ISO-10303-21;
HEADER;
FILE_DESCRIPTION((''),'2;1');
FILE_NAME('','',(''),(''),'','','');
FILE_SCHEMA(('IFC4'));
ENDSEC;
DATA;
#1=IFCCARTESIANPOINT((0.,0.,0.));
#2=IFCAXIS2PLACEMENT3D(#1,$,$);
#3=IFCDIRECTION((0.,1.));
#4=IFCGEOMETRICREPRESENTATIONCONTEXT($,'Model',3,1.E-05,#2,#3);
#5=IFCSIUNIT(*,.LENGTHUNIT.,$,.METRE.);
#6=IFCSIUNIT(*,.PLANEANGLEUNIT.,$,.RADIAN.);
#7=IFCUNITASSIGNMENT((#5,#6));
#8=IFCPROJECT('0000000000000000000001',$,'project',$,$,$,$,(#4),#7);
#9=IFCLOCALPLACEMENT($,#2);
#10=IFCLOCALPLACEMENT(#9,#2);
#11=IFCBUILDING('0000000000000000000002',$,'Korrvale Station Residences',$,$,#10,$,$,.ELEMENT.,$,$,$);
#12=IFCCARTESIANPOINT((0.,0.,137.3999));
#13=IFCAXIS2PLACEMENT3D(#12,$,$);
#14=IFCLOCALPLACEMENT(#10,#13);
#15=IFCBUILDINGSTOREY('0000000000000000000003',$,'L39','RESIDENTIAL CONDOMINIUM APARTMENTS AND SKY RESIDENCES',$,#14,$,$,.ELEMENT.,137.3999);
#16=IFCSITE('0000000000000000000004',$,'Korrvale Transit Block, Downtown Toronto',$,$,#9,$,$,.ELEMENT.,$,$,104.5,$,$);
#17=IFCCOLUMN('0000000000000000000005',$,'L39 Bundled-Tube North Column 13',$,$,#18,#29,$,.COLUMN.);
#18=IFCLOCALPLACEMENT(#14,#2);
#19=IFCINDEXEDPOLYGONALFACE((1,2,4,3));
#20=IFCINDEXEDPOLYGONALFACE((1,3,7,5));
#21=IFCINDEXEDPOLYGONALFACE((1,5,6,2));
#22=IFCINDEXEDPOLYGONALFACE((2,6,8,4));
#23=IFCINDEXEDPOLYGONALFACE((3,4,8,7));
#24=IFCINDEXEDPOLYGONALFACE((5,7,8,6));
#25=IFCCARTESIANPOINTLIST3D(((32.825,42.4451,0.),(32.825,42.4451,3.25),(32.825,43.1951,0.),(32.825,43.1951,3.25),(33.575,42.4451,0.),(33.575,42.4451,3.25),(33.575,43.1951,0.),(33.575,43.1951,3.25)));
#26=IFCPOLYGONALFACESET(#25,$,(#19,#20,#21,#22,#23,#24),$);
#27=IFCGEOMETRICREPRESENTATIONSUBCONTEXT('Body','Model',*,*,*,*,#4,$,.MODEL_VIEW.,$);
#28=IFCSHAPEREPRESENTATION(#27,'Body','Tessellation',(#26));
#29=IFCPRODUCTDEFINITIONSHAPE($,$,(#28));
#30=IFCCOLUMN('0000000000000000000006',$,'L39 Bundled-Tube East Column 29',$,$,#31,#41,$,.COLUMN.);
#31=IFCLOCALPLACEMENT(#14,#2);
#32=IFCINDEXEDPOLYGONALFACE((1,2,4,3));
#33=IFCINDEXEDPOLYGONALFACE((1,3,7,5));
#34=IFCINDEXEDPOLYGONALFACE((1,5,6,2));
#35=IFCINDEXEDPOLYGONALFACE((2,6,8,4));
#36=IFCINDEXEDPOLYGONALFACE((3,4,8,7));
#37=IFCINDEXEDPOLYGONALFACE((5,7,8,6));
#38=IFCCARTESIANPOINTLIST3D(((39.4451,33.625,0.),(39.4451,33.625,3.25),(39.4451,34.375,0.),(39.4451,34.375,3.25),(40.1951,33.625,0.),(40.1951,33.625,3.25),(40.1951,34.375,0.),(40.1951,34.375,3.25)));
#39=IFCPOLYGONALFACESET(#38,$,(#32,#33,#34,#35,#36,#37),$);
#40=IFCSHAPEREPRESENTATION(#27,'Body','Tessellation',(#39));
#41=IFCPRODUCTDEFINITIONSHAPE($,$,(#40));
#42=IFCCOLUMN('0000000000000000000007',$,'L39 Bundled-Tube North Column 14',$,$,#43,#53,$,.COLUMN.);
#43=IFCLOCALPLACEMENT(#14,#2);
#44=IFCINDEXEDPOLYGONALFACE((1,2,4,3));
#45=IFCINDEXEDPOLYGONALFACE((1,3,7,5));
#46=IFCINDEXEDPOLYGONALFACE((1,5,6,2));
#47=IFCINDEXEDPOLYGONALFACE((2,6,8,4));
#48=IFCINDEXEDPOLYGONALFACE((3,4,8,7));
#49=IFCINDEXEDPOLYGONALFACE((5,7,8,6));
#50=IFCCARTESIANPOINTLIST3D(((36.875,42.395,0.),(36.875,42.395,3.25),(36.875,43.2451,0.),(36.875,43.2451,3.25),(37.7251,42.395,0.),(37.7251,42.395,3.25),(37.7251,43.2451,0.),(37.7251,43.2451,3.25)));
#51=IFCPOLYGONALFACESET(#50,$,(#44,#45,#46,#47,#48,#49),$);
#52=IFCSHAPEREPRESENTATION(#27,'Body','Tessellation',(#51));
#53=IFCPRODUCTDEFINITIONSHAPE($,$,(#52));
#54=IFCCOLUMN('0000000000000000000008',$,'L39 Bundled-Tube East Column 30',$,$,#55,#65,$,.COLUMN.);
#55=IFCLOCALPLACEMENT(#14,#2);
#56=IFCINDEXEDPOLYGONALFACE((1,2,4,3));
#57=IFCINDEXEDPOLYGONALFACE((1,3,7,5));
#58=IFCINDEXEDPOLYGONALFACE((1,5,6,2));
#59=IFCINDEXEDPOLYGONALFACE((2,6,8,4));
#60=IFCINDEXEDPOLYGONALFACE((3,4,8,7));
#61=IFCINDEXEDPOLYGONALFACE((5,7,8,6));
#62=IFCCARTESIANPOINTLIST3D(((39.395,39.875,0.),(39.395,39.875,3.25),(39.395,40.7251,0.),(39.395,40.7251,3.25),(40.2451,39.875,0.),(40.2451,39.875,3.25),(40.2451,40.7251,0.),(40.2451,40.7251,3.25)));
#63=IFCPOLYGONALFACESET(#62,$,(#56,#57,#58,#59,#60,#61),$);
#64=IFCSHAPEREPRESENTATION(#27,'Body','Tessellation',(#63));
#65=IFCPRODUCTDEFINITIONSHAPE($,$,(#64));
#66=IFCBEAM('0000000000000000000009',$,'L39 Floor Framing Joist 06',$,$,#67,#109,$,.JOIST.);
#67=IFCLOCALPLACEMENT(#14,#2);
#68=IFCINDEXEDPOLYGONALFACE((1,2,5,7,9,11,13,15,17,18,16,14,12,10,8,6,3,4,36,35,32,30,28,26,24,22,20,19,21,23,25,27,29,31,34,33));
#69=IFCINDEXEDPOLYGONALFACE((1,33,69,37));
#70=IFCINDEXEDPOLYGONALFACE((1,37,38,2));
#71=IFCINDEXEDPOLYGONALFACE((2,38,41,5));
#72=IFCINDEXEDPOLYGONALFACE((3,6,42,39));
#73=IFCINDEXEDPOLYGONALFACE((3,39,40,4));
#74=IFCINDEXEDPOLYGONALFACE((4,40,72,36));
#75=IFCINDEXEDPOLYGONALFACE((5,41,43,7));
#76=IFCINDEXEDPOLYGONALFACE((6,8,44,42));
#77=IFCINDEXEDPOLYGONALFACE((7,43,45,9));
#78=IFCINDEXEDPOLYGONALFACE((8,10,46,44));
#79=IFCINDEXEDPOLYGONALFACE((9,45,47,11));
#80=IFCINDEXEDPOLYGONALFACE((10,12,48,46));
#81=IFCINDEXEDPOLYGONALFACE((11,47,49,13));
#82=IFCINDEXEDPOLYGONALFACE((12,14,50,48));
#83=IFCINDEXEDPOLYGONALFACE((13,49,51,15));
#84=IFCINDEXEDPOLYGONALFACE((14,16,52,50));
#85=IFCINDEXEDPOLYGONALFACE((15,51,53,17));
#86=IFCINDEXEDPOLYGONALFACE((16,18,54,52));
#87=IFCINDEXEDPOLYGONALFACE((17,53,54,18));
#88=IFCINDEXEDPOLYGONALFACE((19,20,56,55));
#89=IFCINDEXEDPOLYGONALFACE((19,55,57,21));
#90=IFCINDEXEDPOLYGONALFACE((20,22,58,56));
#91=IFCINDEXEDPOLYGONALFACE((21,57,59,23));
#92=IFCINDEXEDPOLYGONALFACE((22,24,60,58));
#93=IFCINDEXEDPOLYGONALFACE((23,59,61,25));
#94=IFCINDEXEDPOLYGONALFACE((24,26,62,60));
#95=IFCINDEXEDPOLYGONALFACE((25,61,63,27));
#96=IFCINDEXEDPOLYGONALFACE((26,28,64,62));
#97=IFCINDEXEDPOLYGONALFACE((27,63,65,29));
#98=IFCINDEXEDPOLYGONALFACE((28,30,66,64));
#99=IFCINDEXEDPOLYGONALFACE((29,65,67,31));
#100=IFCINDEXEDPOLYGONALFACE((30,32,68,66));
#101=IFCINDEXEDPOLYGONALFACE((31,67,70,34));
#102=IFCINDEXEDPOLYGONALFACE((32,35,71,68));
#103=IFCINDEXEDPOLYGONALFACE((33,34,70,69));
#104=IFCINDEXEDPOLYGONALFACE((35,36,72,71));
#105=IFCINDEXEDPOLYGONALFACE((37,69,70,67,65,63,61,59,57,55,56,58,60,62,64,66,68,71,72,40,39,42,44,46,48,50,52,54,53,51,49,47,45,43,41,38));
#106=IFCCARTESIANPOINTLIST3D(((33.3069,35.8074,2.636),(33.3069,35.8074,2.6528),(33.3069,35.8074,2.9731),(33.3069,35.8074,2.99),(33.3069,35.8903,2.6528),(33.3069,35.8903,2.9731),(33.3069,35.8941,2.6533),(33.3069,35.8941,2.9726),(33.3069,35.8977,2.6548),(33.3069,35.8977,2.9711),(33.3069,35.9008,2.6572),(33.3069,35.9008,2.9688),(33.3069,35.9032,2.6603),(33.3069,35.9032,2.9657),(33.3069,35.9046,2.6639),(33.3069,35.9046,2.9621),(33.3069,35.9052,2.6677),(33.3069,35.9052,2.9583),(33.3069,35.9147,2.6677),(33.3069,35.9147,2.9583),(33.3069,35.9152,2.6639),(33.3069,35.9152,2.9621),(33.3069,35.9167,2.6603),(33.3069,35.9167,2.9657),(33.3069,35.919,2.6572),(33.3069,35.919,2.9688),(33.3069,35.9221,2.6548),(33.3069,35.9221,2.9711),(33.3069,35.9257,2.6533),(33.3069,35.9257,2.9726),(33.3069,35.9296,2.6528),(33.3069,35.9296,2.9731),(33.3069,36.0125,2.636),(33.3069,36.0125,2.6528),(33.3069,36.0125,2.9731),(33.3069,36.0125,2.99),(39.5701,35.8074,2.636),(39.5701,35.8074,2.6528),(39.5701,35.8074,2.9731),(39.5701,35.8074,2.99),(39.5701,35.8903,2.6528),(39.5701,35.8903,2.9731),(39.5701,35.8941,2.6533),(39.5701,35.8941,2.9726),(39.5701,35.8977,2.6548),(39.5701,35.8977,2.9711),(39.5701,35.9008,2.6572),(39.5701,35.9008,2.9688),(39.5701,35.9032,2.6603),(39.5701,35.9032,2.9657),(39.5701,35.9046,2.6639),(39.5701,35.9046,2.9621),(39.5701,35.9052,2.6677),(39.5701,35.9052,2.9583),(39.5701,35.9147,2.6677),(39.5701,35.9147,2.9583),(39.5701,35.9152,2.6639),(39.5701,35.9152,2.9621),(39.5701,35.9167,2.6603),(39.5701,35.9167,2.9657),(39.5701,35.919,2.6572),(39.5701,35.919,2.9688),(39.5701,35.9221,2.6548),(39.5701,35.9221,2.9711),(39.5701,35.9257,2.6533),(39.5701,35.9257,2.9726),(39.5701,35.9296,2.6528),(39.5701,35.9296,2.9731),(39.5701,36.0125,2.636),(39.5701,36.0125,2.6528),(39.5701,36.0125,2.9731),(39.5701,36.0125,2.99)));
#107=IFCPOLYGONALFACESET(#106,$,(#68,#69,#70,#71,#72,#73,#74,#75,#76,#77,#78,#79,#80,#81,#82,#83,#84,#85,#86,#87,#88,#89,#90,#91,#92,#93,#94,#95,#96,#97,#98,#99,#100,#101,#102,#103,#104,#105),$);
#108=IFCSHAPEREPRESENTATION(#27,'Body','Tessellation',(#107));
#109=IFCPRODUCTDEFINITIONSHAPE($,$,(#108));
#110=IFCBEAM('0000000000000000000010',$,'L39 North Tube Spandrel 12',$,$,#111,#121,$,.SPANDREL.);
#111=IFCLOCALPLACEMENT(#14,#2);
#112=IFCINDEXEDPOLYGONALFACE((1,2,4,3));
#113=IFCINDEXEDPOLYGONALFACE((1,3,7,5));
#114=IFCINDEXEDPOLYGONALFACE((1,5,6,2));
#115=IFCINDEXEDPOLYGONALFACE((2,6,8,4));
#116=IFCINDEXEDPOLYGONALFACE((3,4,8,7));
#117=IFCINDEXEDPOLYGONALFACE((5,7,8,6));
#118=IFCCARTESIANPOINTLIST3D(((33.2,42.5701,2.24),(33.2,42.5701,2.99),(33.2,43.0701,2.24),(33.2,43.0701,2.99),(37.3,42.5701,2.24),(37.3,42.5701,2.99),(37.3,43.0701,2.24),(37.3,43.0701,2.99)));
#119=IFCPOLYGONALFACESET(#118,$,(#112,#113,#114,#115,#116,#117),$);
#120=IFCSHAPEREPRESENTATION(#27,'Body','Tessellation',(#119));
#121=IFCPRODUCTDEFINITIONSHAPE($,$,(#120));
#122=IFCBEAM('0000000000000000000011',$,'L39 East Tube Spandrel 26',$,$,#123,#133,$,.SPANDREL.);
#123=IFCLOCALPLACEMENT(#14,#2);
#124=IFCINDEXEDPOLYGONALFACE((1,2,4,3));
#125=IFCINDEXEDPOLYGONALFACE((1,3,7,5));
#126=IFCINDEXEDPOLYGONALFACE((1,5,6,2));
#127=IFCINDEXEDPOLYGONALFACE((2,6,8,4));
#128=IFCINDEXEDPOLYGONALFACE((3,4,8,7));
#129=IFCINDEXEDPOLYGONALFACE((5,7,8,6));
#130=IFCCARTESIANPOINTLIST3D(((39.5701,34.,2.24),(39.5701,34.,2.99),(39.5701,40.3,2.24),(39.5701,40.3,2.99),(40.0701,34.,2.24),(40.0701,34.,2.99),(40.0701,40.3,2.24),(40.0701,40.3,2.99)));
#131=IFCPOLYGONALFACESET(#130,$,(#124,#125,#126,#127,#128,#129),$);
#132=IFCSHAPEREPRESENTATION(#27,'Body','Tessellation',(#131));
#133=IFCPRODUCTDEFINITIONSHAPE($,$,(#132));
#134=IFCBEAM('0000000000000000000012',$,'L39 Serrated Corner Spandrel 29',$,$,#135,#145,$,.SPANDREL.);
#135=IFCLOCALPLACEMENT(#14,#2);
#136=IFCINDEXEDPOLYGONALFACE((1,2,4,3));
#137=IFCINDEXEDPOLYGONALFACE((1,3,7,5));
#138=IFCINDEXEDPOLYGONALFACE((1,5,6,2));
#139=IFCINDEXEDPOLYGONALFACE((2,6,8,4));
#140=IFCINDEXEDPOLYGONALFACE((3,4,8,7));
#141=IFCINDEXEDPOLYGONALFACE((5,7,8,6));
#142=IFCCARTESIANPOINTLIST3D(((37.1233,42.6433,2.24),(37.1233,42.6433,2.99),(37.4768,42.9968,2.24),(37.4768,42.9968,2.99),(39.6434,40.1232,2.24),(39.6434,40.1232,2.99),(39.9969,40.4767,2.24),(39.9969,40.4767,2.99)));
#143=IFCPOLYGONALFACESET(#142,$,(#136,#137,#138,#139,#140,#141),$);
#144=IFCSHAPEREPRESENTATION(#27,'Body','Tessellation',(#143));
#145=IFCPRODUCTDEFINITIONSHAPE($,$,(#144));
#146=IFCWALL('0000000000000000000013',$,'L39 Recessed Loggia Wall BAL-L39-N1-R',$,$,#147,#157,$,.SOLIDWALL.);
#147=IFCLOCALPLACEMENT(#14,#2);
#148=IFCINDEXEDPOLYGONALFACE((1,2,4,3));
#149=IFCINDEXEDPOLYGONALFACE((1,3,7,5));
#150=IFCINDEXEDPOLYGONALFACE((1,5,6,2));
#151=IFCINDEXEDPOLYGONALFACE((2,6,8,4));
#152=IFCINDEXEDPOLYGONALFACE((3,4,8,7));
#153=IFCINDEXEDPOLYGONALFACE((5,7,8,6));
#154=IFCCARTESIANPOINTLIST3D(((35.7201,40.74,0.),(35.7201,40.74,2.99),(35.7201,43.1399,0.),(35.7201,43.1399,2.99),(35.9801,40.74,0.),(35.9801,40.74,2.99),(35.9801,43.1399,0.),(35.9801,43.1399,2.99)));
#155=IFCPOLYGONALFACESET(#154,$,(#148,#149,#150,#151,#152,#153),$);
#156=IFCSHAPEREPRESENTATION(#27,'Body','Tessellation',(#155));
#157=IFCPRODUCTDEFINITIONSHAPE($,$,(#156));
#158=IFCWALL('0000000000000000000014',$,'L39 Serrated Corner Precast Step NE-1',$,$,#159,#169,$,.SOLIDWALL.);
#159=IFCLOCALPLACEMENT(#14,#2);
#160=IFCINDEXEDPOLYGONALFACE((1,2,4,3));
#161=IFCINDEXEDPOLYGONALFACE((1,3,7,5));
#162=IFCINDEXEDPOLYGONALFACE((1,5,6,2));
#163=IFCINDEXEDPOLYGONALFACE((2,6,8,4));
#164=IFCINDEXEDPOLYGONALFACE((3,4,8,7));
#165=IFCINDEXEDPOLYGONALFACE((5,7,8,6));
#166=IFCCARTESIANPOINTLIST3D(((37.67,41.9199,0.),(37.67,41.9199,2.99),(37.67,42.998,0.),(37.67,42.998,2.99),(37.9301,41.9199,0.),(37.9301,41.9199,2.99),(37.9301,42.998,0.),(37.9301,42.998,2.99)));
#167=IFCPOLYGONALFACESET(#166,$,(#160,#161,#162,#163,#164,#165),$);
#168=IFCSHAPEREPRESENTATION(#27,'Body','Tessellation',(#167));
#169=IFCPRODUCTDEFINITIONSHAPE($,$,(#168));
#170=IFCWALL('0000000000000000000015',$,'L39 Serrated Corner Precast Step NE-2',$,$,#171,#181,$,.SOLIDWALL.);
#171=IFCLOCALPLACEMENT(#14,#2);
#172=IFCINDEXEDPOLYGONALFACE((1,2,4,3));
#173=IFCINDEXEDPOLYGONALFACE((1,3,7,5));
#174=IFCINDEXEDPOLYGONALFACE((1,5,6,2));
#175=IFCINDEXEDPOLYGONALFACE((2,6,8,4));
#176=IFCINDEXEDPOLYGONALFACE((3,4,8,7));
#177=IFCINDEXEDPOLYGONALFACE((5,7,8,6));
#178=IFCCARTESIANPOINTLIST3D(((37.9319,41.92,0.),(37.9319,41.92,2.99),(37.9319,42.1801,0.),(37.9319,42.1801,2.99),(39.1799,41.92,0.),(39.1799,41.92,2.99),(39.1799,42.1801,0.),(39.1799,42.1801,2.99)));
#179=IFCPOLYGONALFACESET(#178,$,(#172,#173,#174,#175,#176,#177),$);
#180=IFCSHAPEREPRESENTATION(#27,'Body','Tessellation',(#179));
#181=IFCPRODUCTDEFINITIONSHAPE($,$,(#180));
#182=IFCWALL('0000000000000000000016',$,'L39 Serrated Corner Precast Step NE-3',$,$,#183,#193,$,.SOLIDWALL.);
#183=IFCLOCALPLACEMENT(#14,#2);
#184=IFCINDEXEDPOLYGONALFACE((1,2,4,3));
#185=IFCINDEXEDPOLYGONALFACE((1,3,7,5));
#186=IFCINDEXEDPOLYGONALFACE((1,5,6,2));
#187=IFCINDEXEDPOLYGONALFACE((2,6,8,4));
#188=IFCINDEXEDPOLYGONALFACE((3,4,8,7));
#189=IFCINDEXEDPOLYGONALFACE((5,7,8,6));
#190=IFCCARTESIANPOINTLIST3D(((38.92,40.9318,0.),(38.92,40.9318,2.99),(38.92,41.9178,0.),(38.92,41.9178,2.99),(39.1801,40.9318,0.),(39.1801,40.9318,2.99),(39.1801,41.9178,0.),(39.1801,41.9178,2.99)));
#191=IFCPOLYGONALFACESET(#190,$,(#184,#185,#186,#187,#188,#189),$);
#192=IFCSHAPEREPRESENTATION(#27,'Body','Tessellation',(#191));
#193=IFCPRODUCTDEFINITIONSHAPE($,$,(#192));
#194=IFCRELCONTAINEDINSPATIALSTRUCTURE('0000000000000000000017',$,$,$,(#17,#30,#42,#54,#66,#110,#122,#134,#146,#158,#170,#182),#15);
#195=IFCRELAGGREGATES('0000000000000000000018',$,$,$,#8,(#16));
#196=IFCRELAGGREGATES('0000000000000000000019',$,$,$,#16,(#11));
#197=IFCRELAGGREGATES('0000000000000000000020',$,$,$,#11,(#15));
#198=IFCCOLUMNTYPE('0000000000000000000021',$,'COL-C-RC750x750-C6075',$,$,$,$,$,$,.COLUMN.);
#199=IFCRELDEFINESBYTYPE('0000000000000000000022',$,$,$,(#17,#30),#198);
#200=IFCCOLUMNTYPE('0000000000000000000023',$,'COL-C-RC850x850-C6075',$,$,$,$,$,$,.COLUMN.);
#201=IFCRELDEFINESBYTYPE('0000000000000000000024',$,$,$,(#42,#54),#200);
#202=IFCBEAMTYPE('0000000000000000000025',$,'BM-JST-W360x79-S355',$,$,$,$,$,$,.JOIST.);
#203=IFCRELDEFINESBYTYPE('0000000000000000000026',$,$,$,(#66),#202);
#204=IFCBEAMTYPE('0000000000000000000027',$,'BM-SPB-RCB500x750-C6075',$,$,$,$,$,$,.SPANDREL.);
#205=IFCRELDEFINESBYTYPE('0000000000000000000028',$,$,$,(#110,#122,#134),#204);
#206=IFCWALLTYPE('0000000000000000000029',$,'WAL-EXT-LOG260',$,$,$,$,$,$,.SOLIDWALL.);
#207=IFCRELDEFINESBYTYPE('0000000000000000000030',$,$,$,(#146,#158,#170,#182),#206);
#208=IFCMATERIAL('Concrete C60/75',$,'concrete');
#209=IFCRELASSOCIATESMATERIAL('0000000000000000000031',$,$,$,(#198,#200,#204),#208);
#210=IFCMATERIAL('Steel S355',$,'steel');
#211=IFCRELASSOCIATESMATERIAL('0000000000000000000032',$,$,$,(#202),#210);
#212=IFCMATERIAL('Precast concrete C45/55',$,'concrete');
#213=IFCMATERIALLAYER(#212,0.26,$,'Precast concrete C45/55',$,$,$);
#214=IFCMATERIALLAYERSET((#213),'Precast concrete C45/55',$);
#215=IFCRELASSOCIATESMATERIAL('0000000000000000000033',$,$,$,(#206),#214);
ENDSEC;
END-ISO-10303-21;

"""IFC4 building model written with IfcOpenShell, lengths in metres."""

from ifc_helpers import new_model, si_unit, direction, frame, frame_2d, origin, origin_2d, place, context, subcontext, project, spatial, rectangle, i_section, extrude, material, layer, layer_set, material_profile, profile_set, type_object, element, save


model = new_model("IFC4")

# Units and contexts
model_context = context("Model", 3, precision=1e-05, world=origin(), true_north=direction((0.0, 1.0)))
body_context = subcontext(model_context, "Body", "Model", "MODEL_VIEW")
ifc_project = project(units=[si_unit("LENGTHUNIT", "METRE"), si_unit("PLANEANGLEUNIT", "RADIAN")], contexts=[model_context])

# Site, building, storey
site_placement = place(None, origin())
site = spatial("IfcSite", under=ifc_project, at=site_placement, Name="Korrvale Transit Block, Downtown Toronto", CompositionType="ELEMENT", RefElevation=104.5)
building_placement = place(site_placement, origin())
building = spatial("IfcBuilding", under=site, at=building_placement, Name="Korrvale Station Residences", CompositionType="ELEMENT")
storey_placement = place(building_placement, frame((0.0, 0.0, 137.3999)))
storey = spatial("IfcBuildingStorey", under=building, at=storey_placement, Name="L39", Description="RESIDENTIAL CONDOMINIUM APARTMENTS AND SKY RESIDENCES", CompositionType="ELEMENT", Elevation=137.3999)

# Columns
ifc_material_1 = material(Name="Concrete C60/75", Category="concrete")
ifc_material_profile_1 = material_profile(ifc_material_1, rectangle(XDim=0.75, YDim=0.75, at=origin_2d()), Name="RC750x750")
ifc_profile_set_1 = profile_set([ifc_material_profile_1], Name="Concrete C60/75")
column_type_1 = type_object("IfcColumnType", Name="COL-C-RC750x750-C6075", PredefinedType="COLUMN", material=ifc_profile_set_1)
for number, where, z_axis, x_axis, name in (
    (1, (33.2, 42.8201, 0.0), (0.0, 0.0, 1.0), (1.0, 0.0, 0.0), "L39 Bundled-Tube North Column 13"),
    (2, (39.8201, 34.0, 0.0), (0.0, 0.0, 1.0), (1.0, 0.0, 0.0), "L39 Bundled-Tube East Column 29"),
):
    element("IfcColumn", number, at=place(storey_placement, frame(where, z_axis=z_axis, x_axis=x_axis)), inside=storey, type_object=column_type_1, Name=name, PredefinedType="COLUMN", context=body_context, shape_type="SweptSolid", body=[
        extrude(rectangle(XDim=0.75, YDim=0.75, at=origin_2d()), origin(), (0.0, 0.0, 1.0), 3.25),
    ])
ifc_material_profile_2 = material_profile(ifc_material_1, rectangle(XDim=0.8501, YDim=0.8501, at=origin_2d()), Name="RC850x850")
ifc_profile_set_2 = profile_set([ifc_material_profile_2], Name="Concrete C60/75")
column_type_2 = type_object("IfcColumnType", Name="COL-C-RC850x850-C6075", PredefinedType="COLUMN", material=ifc_profile_set_2)
for number, where, z_axis, x_axis, name in (
    (3, (37.3, 42.8201, 0.0), (0.0, 0.0, 1.0), (1.0, 0.0, 0.0), "L39 Bundled-Tube North Column 14"),
    (4, (39.8201, 40.3, 0.0), (0.0, 0.0, 1.0), (1.0, 0.0, 0.0), "L39 Bundled-Tube East Column 30"),
):
    element("IfcColumn", number, at=place(storey_placement, frame(where, z_axis=z_axis, x_axis=x_axis)), inside=storey, type_object=column_type_2, Name=name, PredefinedType="COLUMN", context=body_context, shape_type="SweptSolid", body=[
        extrude(rectangle(XDim=0.8501, YDim=0.8501, at=origin_2d()), origin(), (0.0, 0.0, 1.0), 3.25),
    ])

# Beams
ifc_material_2 = material(Name="Steel S355", Category="steel")
ifc_material_profile_3 = material_profile(ifc_material_2, i_section(OverallWidth=0.2051, OverallDepth=0.354, WebThickness=0.0095, FlangeThickness=0.0168, FilletRadius=0.0149, at=origin_2d()), Name="W360x79")
ifc_profile_set_3 = profile_set([ifc_material_profile_3], Name="Steel S355")
beam_type_1 = type_object("IfcBeamType", Name="BM-JST-W360x79-S355", PredefinedType="JOIST", material=ifc_profile_set_3)
beam_1_placement = place(storey_placement, frame((33.3069, 35.9099, 2.813), z_axis=(1.0, 0.0, 0.0), x_axis=(0.0, 1.0, 0.0)))
element("IfcBeam", 5, at=beam_1_placement, inside=storey, type_object=beam_type_1, Name="L39 Floor Framing Joist 06", PredefinedType="JOIST", context=body_context, shape_type="SweptSolid", body=[
    extrude(i_section(OverallWidth=0.2051, OverallDepth=0.354, WebThickness=0.0095, FlangeThickness=0.0168, FilletRadius=0.0149, at=origin_2d()), origin(), (0.0, 0.0, 1.0), 6.2632),
])
ifc_material_profile_4 = material_profile(ifc_material_1, rectangle(XDim=0.5, YDim=0.75, at=origin_2d()), Name="RCB500x750")
ifc_profile_set_4 = profile_set([ifc_material_profile_4], Name="Concrete C60/75")
beam_type_2 = type_object("IfcBeamType", Name="BM-SPB-RCB500x750-C6075", PredefinedType="SPANDREL", material=ifc_profile_set_4)
beam_2_placement = place(storey_placement, frame((33.2, 42.8201, 2.615), z_axis=(1.0, 0.0, 0.0), x_axis=(0.0, 1.0, 0.0)))
element("IfcBeam", 6, at=beam_2_placement, inside=storey, type_object=beam_type_2, Name="L39 North Tube Spandrel 12", PredefinedType="SPANDREL", context=body_context, shape_type="SweptSolid", body=[
    extrude(rectangle(XDim=0.5, YDim=0.75, at=origin_2d()), origin(), (0.0, 0.0, 1.0), 4.1001),
])
beam_3_placement = place(storey_placement, frame((39.8201, 34.0, 2.615), z_axis=(0.0, 1.0, 0.0), x_axis=(-1.0, 0.0, 0.0)))
element("IfcBeam", 7, at=beam_3_placement, inside=storey, type_object=beam_type_2, Name="L39 East Tube Spandrel 26", PredefinedType="SPANDREL", context=body_context, shape_type="SweptSolid", body=[
    extrude(rectangle(XDim=0.5, YDim=0.75, at=origin_2d()), origin(), (0.0, 0.0, 1.0), 6.3),
])
beam_4_placement = place(storey_placement, frame((37.3, 42.8201, 2.615), z_axis=(0.707107, -0.707107, 0.0), x_axis=(0.707107, 0.707107, 0.0)))
element("IfcBeam", 8, at=beam_4_placement, inside=storey, type_object=beam_type_2, Name="L39 Serrated Corner Spandrel 29", PredefinedType="SPANDREL", context=body_context, shape_type="SweptSolid", body=[
    extrude(rectangle(XDim=0.5, YDim=0.75, at=origin_2d()), origin(), (0.0, 0.0, 1.0), 3.564),
])

# Walls
ifc_material_3 = material(Name="Precast concrete C45/55", Category="concrete")
ifc_layer_1 = layer(ifc_material_3, 0.26, Name="Precast concrete C45/55")
ifc_layer_set_1 = layer_set([ifc_layer_1], Name="Precast concrete C45/55")
wall_type_1 = type_object("IfcWallType", Name="WAL-EXT-LOG260", PredefinedType="SOLIDWALL", material=ifc_layer_set_1)
wall_1_placement = place(storey_placement, frame((35.8501, 40.74, 0.0), z_axis=(0.0, 0.0, 1.0), x_axis=(0.0, 1.0, 0.0)))
element("IfcWall", 9, at=wall_1_placement, inside=storey, type_object=wall_type_1, Name="L39 Recessed Loggia Wall BAL-L39-N1-R", PredefinedType="SOLIDWALL", context=body_context, shape_type="SweptSolid", body=[
    extrude(rectangle(XDim=2.3999, YDim=0.26, at=frame_2d((1.2, 0.0))), origin(), (0.0, 0.0, 1.0), 2.99),
])
wall_2_placement = place(storey_placement, frame((37.8, 42.998, 0.0), z_axis=(0.0, 0.0, 1.0), x_axis=(0.0, -1.0, 0.0)))
element("IfcWall", 10, at=wall_2_placement, inside=storey, type_object=wall_type_1, Name="L39 Serrated Corner Precast Step NE-1", PredefinedType="SOLIDWALL", context=body_context, shape_type="SweptSolid", body=[
    extrude(rectangle(XDim=1.0781, YDim=0.26, at=frame_2d((0.5391, 0.0))), origin(), (0.0, 0.0, 1.0), 2.99),
])
wall_3_placement = place(storey_placement, frame((37.9319, 42.05, 0.0), z_axis=(0.0, 0.0, 1.0), x_axis=(1.0, 0.0, 0.0)))
element("IfcWall", 11, at=wall_3_placement, inside=storey, type_object=wall_type_1, Name="L39 Serrated Corner Precast Step NE-2", PredefinedType="SOLIDWALL", context=body_context, shape_type="SweptSolid", body=[
    extrude(rectangle(XDim=1.248, YDim=0.26, at=frame_2d((0.624, 0.0))), origin(), (0.0, 0.0, 1.0), 2.99),
])
wall_4_placement = place(storey_placement, frame((39.05, 41.918, 0.0), z_axis=(0.0, 0.0, 1.0), x_axis=(0.0, -1.0, 0.0)))
element("IfcWall", 12, at=wall_4_placement, inside=storey, type_object=wall_type_1, Name="L39 Serrated Corner Precast Step NE-3", PredefinedType="SOLIDWALL", context=body_context, shape_type="SweptSolid", body=[
    extrude(rectangle(XDim=0.9861, YDim=0.26, at=frame_2d((0.4932, 0.0))), origin(), (0.0, 0.0, 1.0), 2.99),
])

save(model, "model.ifc")
